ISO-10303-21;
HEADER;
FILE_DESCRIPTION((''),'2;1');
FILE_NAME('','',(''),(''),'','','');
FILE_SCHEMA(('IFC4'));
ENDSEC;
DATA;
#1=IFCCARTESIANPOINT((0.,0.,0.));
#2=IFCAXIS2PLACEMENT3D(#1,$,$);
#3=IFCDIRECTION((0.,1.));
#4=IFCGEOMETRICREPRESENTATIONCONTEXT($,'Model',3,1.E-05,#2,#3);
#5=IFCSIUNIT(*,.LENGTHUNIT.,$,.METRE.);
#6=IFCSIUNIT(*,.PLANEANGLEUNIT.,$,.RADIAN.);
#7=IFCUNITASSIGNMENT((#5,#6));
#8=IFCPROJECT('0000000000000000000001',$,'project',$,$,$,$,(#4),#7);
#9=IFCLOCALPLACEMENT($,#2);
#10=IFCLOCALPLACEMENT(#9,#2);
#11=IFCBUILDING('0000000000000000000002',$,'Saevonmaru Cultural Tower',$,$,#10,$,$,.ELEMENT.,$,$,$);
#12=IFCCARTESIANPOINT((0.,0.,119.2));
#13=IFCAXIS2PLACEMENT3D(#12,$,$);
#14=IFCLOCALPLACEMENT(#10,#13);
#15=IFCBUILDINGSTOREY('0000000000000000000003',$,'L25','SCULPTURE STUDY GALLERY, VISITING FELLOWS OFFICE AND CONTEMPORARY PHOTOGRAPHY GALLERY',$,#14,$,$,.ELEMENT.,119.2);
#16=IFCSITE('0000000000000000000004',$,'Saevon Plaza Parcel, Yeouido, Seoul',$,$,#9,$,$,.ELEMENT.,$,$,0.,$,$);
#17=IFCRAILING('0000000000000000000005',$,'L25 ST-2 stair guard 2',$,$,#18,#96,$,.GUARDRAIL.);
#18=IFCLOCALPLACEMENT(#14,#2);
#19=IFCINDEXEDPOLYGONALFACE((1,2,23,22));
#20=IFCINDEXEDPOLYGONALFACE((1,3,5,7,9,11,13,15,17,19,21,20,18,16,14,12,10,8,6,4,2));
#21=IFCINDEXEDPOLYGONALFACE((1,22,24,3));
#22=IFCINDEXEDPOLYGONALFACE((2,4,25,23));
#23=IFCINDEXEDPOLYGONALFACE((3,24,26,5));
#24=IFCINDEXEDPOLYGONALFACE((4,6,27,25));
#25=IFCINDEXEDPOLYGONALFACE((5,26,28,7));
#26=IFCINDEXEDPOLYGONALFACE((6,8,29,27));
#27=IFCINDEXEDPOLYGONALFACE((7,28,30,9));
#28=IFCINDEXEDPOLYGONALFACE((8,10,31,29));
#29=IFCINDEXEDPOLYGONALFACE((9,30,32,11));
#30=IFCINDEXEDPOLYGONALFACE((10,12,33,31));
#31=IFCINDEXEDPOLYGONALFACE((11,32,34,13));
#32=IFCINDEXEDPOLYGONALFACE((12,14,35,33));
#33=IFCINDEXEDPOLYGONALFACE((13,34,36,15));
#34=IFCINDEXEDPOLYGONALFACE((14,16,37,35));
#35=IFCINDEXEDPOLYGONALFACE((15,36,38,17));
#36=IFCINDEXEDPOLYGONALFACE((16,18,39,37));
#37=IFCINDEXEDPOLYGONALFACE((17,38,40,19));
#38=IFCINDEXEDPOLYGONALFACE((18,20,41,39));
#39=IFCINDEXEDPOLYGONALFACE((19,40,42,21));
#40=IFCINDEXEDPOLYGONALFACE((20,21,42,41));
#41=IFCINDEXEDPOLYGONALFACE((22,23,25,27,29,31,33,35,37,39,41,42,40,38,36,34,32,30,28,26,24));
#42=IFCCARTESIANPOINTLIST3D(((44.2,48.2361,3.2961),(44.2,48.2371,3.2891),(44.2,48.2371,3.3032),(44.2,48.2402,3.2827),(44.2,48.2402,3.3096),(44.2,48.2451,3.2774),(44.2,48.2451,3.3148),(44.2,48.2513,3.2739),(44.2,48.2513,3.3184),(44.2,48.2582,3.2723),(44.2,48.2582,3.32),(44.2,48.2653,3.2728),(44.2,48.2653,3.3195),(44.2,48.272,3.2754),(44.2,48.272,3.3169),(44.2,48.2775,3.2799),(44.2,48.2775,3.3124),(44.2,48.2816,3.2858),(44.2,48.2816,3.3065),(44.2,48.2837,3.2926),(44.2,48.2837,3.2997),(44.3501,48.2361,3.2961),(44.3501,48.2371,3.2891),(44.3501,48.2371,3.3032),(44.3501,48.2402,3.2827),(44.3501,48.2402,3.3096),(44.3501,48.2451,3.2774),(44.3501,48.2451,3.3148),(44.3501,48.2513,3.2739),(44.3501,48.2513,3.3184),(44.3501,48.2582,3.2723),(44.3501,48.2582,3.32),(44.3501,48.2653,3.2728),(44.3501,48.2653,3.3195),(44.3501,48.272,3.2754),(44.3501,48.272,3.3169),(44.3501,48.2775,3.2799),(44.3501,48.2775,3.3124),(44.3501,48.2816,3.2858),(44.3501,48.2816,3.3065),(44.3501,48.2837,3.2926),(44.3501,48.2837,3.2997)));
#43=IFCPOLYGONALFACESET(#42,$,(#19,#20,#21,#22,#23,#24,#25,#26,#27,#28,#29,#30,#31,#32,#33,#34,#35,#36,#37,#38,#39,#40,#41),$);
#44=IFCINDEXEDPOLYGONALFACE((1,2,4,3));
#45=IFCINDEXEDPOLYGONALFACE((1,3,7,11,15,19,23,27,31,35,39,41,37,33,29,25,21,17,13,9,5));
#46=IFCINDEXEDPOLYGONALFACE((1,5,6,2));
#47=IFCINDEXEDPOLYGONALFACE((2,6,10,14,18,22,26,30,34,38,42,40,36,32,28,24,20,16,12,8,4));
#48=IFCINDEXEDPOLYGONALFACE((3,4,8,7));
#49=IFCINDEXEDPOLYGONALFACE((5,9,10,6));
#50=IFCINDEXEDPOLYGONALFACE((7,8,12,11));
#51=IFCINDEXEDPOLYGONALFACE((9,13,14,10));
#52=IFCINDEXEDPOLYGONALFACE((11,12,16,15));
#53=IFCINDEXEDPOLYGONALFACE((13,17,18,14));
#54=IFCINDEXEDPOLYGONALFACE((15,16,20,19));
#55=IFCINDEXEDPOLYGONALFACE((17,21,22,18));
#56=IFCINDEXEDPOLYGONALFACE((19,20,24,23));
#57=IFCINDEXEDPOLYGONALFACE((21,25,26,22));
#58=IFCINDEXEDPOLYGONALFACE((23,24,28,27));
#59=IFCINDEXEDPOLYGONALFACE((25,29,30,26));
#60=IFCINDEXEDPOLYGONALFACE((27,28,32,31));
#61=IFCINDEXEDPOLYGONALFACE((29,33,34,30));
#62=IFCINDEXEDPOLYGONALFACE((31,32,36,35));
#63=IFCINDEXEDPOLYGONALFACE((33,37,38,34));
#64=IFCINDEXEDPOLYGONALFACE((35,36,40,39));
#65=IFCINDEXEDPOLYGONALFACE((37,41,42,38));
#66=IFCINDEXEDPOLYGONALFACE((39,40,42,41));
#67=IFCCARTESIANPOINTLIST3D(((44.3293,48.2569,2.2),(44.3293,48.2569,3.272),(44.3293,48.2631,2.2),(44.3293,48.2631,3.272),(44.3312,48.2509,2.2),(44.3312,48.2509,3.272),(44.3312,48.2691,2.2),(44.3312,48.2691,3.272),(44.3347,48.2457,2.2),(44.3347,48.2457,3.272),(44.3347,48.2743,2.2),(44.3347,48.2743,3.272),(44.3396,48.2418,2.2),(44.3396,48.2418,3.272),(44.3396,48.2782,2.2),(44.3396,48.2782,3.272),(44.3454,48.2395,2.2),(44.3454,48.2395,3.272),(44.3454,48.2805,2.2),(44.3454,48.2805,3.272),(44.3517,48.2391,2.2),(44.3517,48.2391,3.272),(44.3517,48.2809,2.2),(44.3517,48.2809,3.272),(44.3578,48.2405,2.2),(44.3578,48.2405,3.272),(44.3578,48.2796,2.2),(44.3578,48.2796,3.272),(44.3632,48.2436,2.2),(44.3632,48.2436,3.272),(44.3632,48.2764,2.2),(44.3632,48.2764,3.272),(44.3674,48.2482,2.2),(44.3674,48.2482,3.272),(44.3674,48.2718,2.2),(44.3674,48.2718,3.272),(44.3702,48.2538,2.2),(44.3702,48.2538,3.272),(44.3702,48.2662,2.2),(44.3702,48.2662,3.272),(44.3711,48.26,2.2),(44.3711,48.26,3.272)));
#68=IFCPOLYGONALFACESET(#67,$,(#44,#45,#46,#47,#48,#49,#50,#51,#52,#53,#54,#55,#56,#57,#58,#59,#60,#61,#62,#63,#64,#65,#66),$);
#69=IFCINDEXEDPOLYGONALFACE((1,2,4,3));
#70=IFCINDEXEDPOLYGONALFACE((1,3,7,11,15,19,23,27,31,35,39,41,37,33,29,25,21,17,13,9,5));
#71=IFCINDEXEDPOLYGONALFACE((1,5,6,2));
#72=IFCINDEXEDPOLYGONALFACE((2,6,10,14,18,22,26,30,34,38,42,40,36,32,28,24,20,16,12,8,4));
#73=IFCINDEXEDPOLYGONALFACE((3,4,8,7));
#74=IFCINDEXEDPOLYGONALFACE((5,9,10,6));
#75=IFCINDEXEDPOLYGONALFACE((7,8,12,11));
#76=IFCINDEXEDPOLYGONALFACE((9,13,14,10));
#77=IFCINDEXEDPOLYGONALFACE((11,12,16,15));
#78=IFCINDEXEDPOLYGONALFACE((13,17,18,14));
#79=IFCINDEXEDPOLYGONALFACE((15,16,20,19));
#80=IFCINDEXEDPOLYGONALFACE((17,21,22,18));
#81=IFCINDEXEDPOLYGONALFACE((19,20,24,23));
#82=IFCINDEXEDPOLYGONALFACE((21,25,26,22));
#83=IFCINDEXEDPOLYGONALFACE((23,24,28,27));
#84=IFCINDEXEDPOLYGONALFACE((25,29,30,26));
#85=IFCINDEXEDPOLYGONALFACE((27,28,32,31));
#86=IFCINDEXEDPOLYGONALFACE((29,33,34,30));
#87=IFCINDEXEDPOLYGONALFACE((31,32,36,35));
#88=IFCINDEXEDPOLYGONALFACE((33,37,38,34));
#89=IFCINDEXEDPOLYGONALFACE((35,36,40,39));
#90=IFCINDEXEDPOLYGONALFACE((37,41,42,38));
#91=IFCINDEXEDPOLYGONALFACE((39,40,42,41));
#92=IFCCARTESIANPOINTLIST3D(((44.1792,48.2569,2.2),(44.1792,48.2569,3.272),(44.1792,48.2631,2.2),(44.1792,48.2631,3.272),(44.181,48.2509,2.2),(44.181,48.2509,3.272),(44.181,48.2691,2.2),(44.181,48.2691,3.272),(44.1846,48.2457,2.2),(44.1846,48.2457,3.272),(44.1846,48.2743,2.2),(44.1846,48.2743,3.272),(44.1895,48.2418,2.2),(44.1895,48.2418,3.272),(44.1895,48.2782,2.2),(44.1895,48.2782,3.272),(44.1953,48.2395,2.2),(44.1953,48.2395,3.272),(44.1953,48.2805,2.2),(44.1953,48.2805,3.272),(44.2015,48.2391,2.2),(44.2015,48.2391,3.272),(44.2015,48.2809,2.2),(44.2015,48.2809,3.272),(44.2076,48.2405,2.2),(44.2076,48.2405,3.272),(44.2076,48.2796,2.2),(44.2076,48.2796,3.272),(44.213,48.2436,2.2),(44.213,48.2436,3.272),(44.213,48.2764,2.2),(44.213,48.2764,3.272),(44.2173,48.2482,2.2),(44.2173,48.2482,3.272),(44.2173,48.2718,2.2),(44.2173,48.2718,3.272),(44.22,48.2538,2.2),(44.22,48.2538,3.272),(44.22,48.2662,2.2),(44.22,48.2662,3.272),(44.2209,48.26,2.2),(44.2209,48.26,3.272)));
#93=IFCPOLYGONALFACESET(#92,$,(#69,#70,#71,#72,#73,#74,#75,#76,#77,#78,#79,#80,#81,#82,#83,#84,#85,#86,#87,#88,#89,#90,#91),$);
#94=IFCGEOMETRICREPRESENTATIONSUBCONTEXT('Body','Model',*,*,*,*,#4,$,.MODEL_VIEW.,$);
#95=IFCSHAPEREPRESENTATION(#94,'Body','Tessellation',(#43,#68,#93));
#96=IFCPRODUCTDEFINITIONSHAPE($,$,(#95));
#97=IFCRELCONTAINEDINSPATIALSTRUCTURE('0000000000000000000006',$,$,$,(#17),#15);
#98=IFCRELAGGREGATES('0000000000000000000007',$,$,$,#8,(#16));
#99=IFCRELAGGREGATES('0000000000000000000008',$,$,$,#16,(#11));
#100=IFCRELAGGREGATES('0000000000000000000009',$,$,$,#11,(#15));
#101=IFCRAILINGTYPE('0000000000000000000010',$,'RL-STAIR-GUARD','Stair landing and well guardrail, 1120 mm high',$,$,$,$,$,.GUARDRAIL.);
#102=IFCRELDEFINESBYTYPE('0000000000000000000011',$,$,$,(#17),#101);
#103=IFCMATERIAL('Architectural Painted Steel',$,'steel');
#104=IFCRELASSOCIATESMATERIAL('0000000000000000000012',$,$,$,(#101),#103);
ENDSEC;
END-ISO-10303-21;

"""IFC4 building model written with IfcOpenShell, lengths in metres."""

from ifc_helpers import new_model, si_unit, direction, frame, origin, origin_2d, place, context, subcontext, project, spatial, circle, extrude, material, type_object, element, save


model = new_model("IFC4")

# Units and contexts
model_context = context("Model", 3, precision=1e-05, world=origin(), true_north=direction((0.0, 1.0)))
body_context = subcontext(model_context, "Body", "Model", "MODEL_VIEW")
ifc_project = project(units=[si_unit("LENGTHUNIT", "METRE"), si_unit("PLANEANGLEUNIT", "RADIAN")], contexts=[model_context])

# Site, building, storey
site_placement = place(None, origin())
site = spatial("IfcSite", under=ifc_project, at=site_placement, Name="Saevon Plaza Parcel, Yeouido, Seoul", CompositionType="ELEMENT", RefElevation=0.0)
building_placement = place(site_placement, origin())
building = spatial("IfcBuilding", under=site, at=building_placement, Name="Saevonmaru Cultural Tower", CompositionType="ELEMENT")
storey_placement = place(building_placement, frame((0.0, 0.0, 119.2)))
storey = spatial("IfcBuildingStorey", under=building, at=storey_placement, Name="L25", Description="SCULPTURE STUDY GALLERY, VISITING FELLOWS OFFICE AND CONTEMPORARY PHOTOGRAPHY GALLERY", CompositionType="ELEMENT", Elevation=119.2)

# Railing
ifc_material_1 = material(Name="Architectural Painted Steel", Category="steel")
railing_type_1 = type_object("IfcRailingType", Name="RL-STAIR-GUARD", Description="Stair landing and well guardrail, 1120 mm high", PredefinedType="GUARDRAIL", material=ifc_material_1)
railing_1_placement = place(storey_placement, frame((44.3501, 48.26, 2.2)))
element("IfcRailing", 1, at=railing_1_placement, inside=storey, type_object=railing_type_1, Name="L25 ST-2 stair guard 2", PredefinedType="GUARDRAIL", context=body_context, shape_type="SweptSolid", body=[
    extrude(circle(Radius=0.0239, at=origin_2d()), frame((0.0, 0.0, 1.0962), z_axis=(-1.0, 0.0, 0.0), x_axis=(0.0, -1.0, 0.0)), (0.0, 0.0, 1.0), 0.1501),
    extrude(circle(Radius=0.021, at=origin_2d()), origin(), (0.0, 0.0, 1.0), 1.072),
    extrude(circle(Radius=0.021, at=origin_2d()), frame((-0.1501, 0.0, 0.0)), (0.0, 0.0, 1.0), 1.072),
])

save(model, "model.ifc")
